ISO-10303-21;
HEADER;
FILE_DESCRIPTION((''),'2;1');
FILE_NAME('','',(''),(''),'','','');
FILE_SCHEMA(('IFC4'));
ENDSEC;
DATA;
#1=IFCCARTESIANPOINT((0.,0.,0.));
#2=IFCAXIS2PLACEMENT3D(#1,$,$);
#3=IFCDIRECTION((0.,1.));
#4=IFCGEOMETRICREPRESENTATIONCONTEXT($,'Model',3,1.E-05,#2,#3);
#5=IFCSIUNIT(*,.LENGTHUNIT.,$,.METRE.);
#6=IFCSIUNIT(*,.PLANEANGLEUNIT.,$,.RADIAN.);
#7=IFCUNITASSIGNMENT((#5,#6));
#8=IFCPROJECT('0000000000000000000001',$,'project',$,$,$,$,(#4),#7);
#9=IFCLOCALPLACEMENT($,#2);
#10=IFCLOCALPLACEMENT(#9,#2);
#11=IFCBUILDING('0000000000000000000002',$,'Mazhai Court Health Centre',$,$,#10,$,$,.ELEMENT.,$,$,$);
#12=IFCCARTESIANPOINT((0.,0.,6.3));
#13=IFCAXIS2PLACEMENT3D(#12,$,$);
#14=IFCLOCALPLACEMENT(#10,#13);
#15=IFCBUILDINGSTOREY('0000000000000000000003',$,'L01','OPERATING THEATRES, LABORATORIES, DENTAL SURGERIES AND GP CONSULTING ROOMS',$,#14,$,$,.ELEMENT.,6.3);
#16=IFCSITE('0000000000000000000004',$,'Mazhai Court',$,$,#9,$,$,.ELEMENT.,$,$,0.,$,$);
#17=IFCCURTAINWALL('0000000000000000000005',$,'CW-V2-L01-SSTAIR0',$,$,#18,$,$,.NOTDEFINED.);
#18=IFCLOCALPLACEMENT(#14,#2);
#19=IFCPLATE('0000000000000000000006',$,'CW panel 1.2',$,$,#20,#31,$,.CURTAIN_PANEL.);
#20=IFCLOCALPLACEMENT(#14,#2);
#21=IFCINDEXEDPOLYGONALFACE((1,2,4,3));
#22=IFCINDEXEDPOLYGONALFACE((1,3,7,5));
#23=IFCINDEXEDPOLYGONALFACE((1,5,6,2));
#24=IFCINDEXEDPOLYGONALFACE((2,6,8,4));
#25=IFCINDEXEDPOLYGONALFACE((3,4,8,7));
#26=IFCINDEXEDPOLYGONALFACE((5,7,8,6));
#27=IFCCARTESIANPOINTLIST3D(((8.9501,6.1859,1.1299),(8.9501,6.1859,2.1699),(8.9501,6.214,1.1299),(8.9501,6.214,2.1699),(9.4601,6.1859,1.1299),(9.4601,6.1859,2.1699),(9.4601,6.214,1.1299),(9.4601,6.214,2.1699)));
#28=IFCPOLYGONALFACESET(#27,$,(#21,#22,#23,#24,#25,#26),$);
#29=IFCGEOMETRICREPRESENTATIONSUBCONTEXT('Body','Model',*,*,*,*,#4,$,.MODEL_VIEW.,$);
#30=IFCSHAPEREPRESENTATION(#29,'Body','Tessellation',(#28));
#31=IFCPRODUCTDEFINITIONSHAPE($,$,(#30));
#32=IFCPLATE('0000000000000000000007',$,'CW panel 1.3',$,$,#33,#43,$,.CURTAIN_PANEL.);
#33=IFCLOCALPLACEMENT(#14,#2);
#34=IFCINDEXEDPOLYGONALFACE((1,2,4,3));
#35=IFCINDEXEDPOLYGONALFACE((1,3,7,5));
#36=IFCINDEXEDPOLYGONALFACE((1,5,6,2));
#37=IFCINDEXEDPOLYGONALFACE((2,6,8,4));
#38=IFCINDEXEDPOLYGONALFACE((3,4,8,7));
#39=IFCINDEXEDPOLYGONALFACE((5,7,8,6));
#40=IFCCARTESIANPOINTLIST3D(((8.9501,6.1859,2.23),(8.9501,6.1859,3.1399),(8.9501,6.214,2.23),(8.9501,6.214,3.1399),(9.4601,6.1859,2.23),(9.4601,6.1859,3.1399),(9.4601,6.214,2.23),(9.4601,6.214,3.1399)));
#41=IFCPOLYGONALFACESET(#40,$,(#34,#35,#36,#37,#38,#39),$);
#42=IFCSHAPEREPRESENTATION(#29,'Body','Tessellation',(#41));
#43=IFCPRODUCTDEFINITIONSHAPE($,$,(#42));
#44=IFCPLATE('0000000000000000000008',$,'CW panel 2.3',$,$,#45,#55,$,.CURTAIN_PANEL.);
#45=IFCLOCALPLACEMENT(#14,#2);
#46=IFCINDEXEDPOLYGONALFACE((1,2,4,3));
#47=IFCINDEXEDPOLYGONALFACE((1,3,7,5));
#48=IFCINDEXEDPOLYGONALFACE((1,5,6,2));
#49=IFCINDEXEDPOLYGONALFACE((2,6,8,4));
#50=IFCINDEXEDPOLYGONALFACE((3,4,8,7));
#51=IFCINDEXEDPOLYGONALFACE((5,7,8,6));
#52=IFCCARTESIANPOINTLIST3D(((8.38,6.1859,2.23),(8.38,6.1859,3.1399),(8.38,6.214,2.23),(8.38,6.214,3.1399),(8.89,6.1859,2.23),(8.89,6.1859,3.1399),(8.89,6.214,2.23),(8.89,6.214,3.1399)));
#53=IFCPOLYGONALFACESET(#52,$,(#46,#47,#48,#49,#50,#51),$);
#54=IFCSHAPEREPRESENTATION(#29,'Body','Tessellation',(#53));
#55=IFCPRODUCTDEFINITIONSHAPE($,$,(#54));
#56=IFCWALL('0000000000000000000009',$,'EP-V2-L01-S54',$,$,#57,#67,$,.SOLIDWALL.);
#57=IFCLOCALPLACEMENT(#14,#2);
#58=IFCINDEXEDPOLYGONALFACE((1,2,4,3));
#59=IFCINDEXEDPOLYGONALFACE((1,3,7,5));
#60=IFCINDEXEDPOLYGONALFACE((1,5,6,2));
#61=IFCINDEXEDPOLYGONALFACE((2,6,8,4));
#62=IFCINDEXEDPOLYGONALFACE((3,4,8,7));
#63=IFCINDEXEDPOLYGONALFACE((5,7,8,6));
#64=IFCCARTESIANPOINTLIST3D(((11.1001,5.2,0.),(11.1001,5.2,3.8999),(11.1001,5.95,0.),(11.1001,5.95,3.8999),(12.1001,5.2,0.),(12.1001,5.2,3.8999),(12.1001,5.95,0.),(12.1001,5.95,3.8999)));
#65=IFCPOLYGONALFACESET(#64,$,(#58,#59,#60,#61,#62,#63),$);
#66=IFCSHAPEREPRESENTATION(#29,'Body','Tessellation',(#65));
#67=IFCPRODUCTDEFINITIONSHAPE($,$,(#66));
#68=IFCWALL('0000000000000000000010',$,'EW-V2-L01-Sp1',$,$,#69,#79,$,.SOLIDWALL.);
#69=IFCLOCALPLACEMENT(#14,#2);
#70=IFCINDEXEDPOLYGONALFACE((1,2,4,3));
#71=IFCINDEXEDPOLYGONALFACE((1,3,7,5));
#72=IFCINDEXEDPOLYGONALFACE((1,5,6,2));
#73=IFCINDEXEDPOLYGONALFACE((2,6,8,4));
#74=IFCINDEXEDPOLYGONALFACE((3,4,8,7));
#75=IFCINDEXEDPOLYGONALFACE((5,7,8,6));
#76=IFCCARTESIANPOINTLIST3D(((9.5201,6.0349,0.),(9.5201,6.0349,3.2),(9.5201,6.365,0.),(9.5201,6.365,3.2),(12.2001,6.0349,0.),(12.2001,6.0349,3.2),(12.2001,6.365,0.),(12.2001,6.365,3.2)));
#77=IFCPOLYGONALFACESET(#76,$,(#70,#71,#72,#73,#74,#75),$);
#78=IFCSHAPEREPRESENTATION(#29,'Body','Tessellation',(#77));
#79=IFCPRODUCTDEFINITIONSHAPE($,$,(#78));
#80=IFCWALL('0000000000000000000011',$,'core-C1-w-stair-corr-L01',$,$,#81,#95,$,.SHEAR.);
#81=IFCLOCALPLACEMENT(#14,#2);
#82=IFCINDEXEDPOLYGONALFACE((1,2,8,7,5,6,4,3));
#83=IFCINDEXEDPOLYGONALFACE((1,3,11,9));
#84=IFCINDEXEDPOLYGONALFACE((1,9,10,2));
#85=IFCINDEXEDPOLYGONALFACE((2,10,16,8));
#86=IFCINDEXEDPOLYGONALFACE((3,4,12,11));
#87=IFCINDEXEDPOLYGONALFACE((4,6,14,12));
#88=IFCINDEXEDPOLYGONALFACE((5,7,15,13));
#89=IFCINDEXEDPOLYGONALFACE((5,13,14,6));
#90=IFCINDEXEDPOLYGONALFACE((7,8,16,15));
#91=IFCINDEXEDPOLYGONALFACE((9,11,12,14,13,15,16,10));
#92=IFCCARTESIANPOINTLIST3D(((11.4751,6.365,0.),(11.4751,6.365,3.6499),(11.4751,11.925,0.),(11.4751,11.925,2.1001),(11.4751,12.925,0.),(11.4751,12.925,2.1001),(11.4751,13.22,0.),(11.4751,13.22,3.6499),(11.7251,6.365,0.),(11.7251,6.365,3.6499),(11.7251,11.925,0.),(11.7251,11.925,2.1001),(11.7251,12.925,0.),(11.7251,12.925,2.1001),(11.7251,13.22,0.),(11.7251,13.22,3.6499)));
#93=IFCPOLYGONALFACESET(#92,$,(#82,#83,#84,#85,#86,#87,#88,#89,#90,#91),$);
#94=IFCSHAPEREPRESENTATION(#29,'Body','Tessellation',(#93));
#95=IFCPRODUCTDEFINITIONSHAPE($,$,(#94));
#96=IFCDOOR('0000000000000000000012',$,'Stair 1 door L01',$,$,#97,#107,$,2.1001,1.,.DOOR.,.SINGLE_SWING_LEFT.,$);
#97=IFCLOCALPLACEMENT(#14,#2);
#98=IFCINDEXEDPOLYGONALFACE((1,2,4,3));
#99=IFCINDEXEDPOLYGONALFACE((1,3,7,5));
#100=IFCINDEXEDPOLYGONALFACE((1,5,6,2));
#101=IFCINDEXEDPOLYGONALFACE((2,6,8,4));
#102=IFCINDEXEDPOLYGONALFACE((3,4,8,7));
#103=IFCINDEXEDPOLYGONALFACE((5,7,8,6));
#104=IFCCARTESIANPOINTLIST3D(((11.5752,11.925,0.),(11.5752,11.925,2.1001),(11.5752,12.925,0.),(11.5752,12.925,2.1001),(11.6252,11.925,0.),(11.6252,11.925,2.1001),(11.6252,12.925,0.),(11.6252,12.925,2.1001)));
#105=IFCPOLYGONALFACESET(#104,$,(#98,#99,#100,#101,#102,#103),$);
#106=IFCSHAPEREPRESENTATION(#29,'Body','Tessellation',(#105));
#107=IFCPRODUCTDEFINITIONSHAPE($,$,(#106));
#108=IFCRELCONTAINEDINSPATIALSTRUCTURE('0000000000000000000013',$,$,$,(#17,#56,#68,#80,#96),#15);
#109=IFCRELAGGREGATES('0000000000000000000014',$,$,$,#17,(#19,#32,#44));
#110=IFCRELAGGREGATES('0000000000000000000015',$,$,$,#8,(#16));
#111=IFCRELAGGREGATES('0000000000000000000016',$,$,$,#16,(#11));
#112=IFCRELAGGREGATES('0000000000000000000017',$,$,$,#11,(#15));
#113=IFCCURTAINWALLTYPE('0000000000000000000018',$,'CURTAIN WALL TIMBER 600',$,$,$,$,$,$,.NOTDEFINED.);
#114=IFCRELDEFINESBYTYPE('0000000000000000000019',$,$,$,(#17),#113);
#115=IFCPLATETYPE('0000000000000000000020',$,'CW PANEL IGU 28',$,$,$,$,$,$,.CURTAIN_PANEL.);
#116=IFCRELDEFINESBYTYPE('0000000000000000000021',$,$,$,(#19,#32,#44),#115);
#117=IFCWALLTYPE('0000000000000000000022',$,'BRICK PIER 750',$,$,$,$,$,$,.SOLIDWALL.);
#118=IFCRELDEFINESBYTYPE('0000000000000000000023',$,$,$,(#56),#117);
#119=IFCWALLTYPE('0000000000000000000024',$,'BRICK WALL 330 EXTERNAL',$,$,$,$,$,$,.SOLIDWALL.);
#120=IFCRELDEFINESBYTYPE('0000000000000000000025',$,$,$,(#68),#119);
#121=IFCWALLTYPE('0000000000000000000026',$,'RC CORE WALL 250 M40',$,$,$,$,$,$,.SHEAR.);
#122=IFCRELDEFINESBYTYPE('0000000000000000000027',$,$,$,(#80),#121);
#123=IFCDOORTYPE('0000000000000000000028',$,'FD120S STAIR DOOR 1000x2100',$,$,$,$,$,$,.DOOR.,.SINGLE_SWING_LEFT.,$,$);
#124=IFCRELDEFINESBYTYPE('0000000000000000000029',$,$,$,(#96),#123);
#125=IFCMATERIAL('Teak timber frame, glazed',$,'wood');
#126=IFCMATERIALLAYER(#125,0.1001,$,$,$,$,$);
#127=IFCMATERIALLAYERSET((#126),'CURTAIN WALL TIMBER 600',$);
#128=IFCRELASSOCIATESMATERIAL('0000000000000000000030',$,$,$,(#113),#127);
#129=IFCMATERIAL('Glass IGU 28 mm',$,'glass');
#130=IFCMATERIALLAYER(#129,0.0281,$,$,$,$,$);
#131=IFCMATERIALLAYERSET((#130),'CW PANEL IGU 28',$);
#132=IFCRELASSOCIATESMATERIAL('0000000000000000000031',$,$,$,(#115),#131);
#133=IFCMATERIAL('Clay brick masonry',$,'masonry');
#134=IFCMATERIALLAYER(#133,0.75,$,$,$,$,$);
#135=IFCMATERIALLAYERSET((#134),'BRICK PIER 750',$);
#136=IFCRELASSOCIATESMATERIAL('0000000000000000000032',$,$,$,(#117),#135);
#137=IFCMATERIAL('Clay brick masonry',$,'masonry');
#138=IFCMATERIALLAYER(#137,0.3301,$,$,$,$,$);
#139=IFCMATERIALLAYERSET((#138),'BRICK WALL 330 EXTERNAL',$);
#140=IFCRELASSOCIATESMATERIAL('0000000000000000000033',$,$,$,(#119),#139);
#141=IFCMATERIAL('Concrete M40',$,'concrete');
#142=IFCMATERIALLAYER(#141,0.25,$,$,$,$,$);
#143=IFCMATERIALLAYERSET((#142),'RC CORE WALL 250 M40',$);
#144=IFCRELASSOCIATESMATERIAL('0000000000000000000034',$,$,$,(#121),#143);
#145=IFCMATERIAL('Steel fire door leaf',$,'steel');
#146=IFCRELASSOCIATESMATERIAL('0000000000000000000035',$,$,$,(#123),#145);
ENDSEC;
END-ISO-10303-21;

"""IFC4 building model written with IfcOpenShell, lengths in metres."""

from ifc_helpers import new_model, si_unit, direction, frame, frame_2d, origin, origin_2d, place, context, subcontext, project, spatial, rectangle, extrude, material, layer, layer_set, type_object, element, fill, aggregate, save


model = new_model("IFC4")

# Units and contexts
model_context = context("Model", 3, precision=1e-05, world=origin(), true_north=direction((0.0, 1.0)))
body_context = subcontext(model_context, "Body", "Model", "MODEL_VIEW")
ifc_project = project(units=[si_unit("LENGTHUNIT", "METRE"), si_unit("PLANEANGLEUNIT", "RADIAN")], contexts=[model_context])

# Site, building, storey
site_placement = place(None, origin())
site = spatial("IfcSite", under=ifc_project, at=site_placement, Name="Mazhai Court", CompositionType="ELEMENT", RefElevation=0.0)
building_placement = place(site_placement, origin())
building = spatial("IfcBuilding", under=site, at=building_placement, Name="Mazhai Court Health Centre", CompositionType="ELEMENT")
storey_placement = place(building_placement, frame((0.0, 0.0, 6.3)))
storey = spatial("IfcBuildingStorey", under=building, at=storey_placement, Name="L01", Description="OPERATING THEATRES, LABORATORIES, DENTAL SURGERIES AND GP CONSULTING ROOMS", CompositionType="ELEMENT", Elevation=6.3)

# Curtain wall
ifc_material_1 = material(Name="Teak timber frame, glazed", Category="wood")
ifc_layer_1 = layer(ifc_material_1, 0.1001)
ifc_layer_set_1 = layer_set([ifc_layer_1], Name="CURTAIN WALL TIMBER 600")
curtain_wall_type_1 = type_object("IfcCurtainWallType", Name="CURTAIN WALL TIMBER 600", PredefinedType="NOTDEFINED", material=ifc_layer_set_1)
curtain_wall_1_placement = place(storey_placement, origin())
curtain_wall_1 = element("IfcCurtainWall", 1, at=curtain_wall_1_placement, inside=storey, type_object=curtain_wall_type_1, Name="CW-V2-L01-SSTAIR0", PredefinedType="NOTDEFINED")

# Plates
ifc_material_2 = material(Name="Glass IGU 28 mm", Category="glass")
ifc_layer_2 = layer(ifc_material_2, 0.0281)
ifc_layer_set_2 = layer_set([ifc_layer_2], Name="CW PANEL IGU 28")
plate_type = type_object("IfcPlateType", Name="CW PANEL IGU 28", PredefinedType="CURTAIN_PANEL", material=ifc_layer_set_2)
plate_1_placement = place(storey_placement, frame((9.2051, 6.2, 1.1299), z_axis=(0.0, 0.0, 1.0), x_axis=(-1.0, 0.0, 0.0)))
plate_1 = element("IfcPlate", 2, at=plate_1_placement, type_object=plate_type, Name="CW panel 1.2", PredefinedType="CURTAIN_PANEL", context=body_context, shape_type="SweptSolid", body=[
    extrude(rectangle(XDim=0.51, YDim=0.0281, at=origin_2d()), origin(), (0.0, 0.0, 1.0), 1.04),
])
plate_2_placement = place(storey_placement, frame((9.2051, 6.2, 2.23), z_axis=(0.0, 0.0, 1.0), x_axis=(-1.0, 0.0, 0.0)))
plate_2 = element("IfcPlate", 3, at=plate_2_placement, type_object=plate_type, Name="CW panel 1.3", PredefinedType="CURTAIN_PANEL", context=body_context, shape_type="SweptSolid", body=[
    extrude(rectangle(XDim=0.51, YDim=0.0281, at=origin_2d()), origin(), (0.0, 0.0, 1.0), 0.9099),
])
plate_3_placement = place(storey_placement, frame((8.635, 6.2, 2.23), z_axis=(0.0, 0.0, 1.0), x_axis=(-1.0, 0.0, 0.0)))
plate_3 = element("IfcPlate", 4, at=plate_3_placement, type_object=plate_type, Name="CW panel 2.3", PredefinedType="CURTAIN_PANEL", context=body_context, shape_type="SweptSolid", body=[
    extrude(rectangle(XDim=0.51, YDim=0.0281, at=origin_2d()), origin(), (0.0, 0.0, 1.0), 0.9099),
])
aggregate(curtain_wall_1, [plate_1, plate_2, plate_3])

# Walls
ifc_material_3 = material(Name="Clay brick masonry", Category="masonry")
ifc_layer_3 = layer(ifc_material_3, 0.75)
ifc_layer_set_3 = layer_set([ifc_layer_3], Name="BRICK PIER 750")
wall_type_1 = type_object("IfcWallType", Name="BRICK PIER 750", PredefinedType="SOLIDWALL", material=ifc_layer_set_3)
wall_1_placement = place(storey_placement, frame((12.1001, 5.575, 0.0), z_axis=(0.0, 0.0, 1.0), x_axis=(-1.0, 0.0, 0.0)))
element("IfcWall", 5, at=wall_1_placement, inside=storey, type_object=wall_type_1, Name="EP-V2-L01-S54", PredefinedType="SOLIDWALL", context=body_context, shape_type="SweptSolid", body=[
    extrude(rectangle(XDim=1.0, YDim=0.75, at=frame_2d((0.5, 0.0))), origin(), (0.0, 0.0, 1.0), 3.8999),
])
ifc_material_4 = material(Name="Clay brick masonry", Category="masonry")
ifc_layer_4 = layer(ifc_material_4, 0.3301)
ifc_layer_set_4 = layer_set([ifc_layer_4], Name="BRICK WALL 330 EXTERNAL")
wall_type_2 = type_object("IfcWallType", Name="BRICK WALL 330 EXTERNAL", PredefinedType="SOLIDWALL", material=ifc_layer_set_4)
wall_2_placement = place(storey_placement, frame((12.2, 6.2, 0.0), z_axis=(0.0, 0.0, 1.0), x_axis=(-1.0, 0.0, 0.0)))
element("IfcWall", 6, at=wall_2_placement, inside=storey, type_object=wall_type_2, Name="EW-V2-L01-Sp1", PredefinedType="SOLIDWALL", context=body_context, shape_type="SweptSolid", body=[
    extrude(rectangle(XDim=2.6799, YDim=0.3301, at=frame_2d((1.3398, 0.0))), origin(), (0.0, 0.0, 1.0), 3.2),
])

# Wall, opening, door
ifc_material_5 = material(Name="Concrete M40", Category="concrete")
ifc_layer_5 = layer(ifc_material_5, 0.25)
ifc_layer_set_5 = layer_set([ifc_layer_5], Name="RC CORE WALL 250 M40")
wall_type_3 = type_object("IfcWallType", Name="RC CORE WALL 250 M40", PredefinedType="SHEAR", material=ifc_layer_set_5)
wall_3_placement = place(storey_placement, frame((11.6001, 6.365, 0.0), z_axis=(0.0, 0.0, 1.0), x_axis=(0.0, 1.0, 0.0)))
wall_3 = element("IfcWall", 7, at=wall_3_placement, inside=storey, type_object=wall_type_3, Name="core-C1-w-stair-corr-L01", PredefinedType="SHEAR", context=body_context, shape_type="SweptSolid", body=[
    extrude(rectangle(XDim=6.855, YDim=0.25, at=frame_2d((3.4275, 0.0))), origin(), (0.0, 0.0, 1.0), 3.6499),
])
opening_placement = place(wall_3_placement, frame((5.5601, 0.0, 0.0)))
opening = element("IfcOpeningElement", 8, at=opening_placement, cuts=wall_3, PredefinedType="OPENING", context=body_context, shape_type="SweptSolid", body=[
    extrude(rectangle(XDim=1.0, YDim=2.1001, at=frame_2d((0.5, 1.05))), frame((0.0, 0.135, 0.0), z_axis=(0.0, -1.0, 0.0), x_axis=(1.0, 0.0, 0.0)), (0.0, 0.0, 1.0), 0.27),
])
ifc_material_6 = material(Name="Steel fire door leaf", Category="steel")
door_type = type_object("IfcDoorType", Name="FD120S STAIR DOOR 1000x2100", OperationType="SINGLE_SWING_LEFT", PredefinedType="DOOR", material=ifc_material_6)
door_placement = place(opening_placement, origin())
door = element("IfcDoor", 9, at=door_placement, inside=storey, type_object=door_type, Name="Stair 1 door L01", OperationType="SINGLE_SWING_LEFT", OverallHeight=2.1001, OverallWidth=1.0, PredefinedType="DOOR", context=body_context, shape_type="SweptSolid", body=[
    extrude(rectangle(XDim=1.0, YDim=2.1001, at=frame_2d((0.5, 1.05))), frame((0.0, 0.0249, 0.0), z_axis=(0.0, -1.0, 0.0), x_axis=(1.0, 0.0, 0.0)), (0.0, 0.0, 1.0), 0.05),
])
fill(opening, door)

save(model, "model.ifc")
